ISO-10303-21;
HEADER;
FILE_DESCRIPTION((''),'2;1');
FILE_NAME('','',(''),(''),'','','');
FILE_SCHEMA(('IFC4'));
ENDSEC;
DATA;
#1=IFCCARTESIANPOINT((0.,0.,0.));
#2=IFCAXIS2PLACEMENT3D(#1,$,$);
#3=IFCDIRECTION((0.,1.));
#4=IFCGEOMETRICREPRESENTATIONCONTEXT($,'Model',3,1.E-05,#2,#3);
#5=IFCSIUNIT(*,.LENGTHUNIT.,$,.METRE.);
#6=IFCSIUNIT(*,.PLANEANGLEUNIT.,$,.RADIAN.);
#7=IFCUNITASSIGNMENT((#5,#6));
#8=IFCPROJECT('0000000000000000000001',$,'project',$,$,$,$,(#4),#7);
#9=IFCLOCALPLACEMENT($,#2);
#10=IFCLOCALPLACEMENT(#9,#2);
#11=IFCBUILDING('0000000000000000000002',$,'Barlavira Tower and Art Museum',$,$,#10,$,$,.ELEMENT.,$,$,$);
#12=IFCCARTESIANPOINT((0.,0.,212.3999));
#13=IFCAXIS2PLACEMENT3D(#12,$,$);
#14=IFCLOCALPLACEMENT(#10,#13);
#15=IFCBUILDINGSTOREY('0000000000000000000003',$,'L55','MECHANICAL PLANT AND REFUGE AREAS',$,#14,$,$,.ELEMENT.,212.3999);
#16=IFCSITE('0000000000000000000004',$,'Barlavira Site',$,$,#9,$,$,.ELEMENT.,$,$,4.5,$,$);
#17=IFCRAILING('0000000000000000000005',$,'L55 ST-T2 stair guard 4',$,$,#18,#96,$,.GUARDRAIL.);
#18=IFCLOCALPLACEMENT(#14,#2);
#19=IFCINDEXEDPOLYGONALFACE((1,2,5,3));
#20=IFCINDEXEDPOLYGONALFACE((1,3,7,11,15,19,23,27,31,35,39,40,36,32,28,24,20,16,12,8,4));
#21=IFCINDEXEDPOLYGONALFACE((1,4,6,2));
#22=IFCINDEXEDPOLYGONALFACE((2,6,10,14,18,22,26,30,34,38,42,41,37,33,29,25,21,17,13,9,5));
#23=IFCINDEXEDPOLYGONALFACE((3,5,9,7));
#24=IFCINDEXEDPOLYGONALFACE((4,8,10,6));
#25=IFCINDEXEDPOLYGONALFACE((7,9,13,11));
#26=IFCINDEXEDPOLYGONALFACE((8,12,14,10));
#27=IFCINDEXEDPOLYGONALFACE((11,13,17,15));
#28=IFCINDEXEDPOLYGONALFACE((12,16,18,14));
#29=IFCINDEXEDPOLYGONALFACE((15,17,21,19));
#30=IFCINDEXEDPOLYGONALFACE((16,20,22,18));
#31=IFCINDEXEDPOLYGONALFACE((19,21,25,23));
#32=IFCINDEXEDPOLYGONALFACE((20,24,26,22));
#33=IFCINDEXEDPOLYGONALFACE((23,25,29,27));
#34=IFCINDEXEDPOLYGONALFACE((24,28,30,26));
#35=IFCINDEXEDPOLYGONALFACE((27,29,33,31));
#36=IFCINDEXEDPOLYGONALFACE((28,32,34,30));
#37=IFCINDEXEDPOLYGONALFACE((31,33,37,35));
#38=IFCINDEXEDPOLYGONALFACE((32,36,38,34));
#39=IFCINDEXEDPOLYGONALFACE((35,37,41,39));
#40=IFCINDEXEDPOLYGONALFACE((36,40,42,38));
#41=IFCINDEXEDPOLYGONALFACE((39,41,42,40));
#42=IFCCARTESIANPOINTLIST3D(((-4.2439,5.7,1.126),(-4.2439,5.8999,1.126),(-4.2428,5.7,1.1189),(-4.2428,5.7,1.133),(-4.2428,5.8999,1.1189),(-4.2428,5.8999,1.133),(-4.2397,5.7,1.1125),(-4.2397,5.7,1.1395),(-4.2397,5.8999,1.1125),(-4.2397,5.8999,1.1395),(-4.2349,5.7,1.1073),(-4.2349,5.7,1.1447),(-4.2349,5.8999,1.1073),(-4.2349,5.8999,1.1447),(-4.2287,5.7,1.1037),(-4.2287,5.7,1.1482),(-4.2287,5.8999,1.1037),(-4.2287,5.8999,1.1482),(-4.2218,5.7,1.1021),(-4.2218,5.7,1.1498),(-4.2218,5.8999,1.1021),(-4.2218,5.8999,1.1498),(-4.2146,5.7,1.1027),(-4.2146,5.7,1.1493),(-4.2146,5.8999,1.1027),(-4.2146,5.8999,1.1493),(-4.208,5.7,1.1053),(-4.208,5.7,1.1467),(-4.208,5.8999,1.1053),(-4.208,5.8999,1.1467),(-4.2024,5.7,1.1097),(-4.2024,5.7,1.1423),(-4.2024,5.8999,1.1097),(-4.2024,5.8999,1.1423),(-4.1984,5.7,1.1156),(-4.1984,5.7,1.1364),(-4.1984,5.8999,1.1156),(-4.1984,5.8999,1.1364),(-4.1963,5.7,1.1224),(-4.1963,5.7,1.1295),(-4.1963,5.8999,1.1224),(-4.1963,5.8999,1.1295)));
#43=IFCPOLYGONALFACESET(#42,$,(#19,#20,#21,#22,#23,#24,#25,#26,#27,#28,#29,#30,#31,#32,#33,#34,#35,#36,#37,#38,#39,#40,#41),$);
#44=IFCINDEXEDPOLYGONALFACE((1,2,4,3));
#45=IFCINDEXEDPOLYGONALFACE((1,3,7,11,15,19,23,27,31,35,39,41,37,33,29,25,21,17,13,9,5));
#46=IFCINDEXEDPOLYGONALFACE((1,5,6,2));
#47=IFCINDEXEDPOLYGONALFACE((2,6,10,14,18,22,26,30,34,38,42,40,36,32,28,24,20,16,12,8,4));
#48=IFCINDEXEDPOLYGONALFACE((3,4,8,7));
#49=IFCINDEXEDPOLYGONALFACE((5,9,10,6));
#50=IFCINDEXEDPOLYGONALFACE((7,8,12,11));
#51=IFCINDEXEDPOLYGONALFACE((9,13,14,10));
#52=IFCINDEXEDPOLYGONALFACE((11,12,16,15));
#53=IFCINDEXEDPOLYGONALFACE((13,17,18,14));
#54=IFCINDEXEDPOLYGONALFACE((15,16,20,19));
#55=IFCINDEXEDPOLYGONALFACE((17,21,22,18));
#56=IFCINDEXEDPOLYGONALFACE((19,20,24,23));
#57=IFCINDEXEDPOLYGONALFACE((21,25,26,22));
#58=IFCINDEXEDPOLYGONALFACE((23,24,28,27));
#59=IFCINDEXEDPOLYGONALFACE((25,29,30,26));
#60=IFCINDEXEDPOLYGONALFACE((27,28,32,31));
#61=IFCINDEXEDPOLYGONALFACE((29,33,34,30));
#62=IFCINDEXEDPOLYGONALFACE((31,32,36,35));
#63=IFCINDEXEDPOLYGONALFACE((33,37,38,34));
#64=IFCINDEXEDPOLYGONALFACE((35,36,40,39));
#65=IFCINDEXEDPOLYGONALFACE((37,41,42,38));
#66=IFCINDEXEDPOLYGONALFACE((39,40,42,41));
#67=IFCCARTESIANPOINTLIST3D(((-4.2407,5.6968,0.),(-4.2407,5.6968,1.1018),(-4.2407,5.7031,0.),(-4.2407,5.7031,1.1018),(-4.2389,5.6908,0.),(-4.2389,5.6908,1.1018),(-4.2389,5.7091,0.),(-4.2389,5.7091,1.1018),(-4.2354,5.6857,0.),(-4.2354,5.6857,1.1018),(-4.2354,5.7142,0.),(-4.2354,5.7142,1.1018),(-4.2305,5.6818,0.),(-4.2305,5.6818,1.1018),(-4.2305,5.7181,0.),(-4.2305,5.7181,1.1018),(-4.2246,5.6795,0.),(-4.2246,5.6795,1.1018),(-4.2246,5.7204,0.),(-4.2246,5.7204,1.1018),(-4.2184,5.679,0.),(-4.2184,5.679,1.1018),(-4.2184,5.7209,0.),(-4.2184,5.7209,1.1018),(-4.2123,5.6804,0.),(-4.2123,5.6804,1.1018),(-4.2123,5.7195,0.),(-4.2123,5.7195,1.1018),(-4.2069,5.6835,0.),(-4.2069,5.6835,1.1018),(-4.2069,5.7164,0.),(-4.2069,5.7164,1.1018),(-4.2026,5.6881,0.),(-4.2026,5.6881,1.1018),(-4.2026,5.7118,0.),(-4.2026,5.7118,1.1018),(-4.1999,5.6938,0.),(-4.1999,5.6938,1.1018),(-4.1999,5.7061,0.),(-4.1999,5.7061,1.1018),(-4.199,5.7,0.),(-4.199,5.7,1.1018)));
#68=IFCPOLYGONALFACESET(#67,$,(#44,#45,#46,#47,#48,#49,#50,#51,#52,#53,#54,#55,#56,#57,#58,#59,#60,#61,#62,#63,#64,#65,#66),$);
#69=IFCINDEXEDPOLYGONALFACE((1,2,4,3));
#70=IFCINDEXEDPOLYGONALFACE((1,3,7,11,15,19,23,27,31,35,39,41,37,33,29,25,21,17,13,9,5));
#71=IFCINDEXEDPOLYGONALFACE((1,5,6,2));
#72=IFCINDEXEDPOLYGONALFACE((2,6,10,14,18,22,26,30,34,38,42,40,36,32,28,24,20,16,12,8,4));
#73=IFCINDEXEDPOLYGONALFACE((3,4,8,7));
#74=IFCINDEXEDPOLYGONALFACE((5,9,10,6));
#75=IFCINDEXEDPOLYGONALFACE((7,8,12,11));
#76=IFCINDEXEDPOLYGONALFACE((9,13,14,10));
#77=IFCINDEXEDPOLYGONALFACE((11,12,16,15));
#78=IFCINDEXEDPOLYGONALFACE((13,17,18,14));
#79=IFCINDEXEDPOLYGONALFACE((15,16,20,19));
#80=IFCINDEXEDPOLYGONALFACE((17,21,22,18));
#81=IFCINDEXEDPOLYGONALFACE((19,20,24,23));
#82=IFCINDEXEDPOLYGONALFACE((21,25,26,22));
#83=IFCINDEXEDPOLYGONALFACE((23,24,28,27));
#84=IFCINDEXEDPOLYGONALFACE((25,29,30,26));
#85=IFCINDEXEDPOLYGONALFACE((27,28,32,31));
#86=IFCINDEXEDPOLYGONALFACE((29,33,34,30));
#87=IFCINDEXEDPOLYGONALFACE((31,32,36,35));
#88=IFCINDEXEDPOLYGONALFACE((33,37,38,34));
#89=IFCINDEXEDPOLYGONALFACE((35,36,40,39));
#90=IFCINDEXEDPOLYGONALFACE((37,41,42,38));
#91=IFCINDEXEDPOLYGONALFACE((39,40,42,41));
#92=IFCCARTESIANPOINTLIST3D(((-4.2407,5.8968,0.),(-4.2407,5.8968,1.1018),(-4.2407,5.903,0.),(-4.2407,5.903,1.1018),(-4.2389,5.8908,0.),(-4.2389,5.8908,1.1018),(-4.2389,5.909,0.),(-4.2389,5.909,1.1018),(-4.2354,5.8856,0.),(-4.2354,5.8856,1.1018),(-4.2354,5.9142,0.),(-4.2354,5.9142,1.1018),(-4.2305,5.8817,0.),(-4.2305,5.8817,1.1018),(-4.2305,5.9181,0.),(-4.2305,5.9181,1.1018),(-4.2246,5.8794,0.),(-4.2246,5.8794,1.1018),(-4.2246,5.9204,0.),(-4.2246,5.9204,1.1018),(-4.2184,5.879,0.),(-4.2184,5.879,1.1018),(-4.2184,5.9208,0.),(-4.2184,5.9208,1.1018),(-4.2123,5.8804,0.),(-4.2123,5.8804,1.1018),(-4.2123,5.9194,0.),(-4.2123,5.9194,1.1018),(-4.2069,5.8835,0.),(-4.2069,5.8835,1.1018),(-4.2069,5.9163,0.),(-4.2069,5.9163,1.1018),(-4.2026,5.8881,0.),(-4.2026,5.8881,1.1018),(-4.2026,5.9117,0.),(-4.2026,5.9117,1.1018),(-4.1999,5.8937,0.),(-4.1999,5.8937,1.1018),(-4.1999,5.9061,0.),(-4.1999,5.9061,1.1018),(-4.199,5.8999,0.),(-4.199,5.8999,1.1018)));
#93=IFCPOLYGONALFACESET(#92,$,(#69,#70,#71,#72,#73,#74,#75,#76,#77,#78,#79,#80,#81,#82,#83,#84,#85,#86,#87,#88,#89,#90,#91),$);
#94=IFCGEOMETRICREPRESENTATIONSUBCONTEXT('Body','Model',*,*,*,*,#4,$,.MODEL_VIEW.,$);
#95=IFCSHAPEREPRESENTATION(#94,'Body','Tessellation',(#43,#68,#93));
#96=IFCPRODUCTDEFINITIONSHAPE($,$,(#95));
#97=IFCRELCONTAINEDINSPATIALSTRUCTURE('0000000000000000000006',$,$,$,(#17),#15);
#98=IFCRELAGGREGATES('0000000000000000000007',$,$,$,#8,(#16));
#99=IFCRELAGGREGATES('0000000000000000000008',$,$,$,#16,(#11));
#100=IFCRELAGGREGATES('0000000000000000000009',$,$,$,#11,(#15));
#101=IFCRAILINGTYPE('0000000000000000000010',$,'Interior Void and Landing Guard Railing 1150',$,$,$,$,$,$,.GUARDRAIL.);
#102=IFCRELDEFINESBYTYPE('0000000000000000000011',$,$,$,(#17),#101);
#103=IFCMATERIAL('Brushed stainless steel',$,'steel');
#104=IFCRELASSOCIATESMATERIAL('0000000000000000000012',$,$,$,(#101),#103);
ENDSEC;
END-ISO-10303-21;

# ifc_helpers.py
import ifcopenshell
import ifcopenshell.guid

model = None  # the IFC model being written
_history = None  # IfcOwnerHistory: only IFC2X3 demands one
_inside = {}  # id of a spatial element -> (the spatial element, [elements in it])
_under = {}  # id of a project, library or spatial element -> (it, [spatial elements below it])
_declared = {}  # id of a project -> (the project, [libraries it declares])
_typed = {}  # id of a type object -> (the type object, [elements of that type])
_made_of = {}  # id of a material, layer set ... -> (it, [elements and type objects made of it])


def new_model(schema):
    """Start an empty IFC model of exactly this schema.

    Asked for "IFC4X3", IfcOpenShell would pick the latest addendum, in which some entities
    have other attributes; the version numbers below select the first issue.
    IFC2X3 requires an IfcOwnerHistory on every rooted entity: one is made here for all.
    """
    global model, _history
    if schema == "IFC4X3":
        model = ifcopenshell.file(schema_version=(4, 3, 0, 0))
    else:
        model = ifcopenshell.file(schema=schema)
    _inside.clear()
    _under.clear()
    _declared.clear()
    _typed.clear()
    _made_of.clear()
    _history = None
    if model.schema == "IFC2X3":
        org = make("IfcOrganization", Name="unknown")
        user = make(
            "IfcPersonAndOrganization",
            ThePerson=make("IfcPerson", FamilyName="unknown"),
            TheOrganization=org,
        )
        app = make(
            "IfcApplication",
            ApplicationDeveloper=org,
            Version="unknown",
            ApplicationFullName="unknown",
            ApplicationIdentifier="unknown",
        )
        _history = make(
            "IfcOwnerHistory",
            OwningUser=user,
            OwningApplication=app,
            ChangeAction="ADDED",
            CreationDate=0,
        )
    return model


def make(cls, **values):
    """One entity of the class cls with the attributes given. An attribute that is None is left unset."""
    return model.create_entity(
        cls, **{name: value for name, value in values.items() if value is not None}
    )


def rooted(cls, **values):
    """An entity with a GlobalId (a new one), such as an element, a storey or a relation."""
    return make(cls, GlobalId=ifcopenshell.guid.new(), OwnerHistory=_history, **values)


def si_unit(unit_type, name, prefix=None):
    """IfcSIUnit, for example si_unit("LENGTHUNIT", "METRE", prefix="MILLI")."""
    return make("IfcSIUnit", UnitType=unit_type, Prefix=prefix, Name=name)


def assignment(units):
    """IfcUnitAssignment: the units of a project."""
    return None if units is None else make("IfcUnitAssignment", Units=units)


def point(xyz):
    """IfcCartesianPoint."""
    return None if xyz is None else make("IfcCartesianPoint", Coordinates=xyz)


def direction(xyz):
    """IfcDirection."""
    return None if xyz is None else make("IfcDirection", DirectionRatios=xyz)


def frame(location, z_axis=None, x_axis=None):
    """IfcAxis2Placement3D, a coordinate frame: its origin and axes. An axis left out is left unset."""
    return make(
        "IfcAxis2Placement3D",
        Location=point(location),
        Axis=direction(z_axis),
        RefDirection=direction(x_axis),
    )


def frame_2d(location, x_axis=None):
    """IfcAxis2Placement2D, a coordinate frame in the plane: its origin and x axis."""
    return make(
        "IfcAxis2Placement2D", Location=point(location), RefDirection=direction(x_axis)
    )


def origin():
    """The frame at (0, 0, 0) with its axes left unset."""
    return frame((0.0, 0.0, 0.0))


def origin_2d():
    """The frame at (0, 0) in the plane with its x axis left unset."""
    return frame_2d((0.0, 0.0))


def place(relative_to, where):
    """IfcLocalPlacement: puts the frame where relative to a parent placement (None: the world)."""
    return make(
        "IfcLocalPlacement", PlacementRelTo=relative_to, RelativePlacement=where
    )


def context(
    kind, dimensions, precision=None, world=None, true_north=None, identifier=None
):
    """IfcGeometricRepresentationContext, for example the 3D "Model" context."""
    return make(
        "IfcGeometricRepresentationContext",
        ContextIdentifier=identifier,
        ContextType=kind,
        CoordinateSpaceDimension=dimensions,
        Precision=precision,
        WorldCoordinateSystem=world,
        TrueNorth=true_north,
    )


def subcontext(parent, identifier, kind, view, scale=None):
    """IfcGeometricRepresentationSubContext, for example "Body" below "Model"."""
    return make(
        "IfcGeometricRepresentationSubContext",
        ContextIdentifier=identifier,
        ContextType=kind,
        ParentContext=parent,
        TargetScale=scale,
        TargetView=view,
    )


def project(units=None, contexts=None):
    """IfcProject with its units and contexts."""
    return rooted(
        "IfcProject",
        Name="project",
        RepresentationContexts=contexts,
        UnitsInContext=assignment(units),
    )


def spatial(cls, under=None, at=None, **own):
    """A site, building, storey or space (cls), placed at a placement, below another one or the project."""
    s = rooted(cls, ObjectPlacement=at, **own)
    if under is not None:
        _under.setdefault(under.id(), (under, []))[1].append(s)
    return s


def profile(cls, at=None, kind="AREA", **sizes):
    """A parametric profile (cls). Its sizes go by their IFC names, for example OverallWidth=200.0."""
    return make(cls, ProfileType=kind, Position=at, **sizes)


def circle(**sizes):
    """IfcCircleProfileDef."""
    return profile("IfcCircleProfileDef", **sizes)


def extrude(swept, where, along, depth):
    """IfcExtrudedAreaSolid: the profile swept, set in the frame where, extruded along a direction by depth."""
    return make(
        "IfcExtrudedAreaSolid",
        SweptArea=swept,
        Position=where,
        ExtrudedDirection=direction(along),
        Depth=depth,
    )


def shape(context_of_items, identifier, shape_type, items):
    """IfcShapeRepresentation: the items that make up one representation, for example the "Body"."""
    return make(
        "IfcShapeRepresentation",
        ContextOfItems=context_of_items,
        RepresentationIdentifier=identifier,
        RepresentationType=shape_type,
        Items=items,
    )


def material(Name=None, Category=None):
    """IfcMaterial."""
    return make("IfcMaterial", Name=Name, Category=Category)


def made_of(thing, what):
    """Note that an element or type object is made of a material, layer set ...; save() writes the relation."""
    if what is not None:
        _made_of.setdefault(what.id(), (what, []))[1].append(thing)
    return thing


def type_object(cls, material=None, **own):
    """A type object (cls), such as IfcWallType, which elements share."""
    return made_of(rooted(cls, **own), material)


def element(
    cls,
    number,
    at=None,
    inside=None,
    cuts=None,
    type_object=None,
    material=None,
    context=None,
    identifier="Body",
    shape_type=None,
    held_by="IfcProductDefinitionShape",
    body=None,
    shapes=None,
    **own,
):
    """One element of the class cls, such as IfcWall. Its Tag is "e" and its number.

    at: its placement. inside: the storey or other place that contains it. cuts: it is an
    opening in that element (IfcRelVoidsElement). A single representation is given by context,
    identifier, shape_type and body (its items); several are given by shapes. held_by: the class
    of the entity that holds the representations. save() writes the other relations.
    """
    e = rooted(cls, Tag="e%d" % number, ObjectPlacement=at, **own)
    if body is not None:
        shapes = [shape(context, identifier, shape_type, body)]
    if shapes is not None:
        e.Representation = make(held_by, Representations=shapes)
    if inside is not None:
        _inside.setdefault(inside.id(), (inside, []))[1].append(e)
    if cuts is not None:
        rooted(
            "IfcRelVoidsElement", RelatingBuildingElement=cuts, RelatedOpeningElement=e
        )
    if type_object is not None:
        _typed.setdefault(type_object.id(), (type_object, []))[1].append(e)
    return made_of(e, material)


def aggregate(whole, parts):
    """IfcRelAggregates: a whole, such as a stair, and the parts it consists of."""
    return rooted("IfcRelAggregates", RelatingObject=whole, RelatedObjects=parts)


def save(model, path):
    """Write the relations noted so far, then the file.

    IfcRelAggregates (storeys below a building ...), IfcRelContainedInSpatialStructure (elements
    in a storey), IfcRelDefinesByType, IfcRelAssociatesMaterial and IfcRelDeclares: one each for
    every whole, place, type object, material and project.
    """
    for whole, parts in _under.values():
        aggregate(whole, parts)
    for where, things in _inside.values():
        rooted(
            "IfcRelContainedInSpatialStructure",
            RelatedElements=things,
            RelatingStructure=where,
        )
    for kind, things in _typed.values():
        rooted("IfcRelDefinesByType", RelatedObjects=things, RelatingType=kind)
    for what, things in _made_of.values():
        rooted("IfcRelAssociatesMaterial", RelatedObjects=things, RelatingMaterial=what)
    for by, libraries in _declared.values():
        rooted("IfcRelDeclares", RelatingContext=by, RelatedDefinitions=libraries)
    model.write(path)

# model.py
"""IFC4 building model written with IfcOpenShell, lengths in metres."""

from ifc_helpers import new_model, si_unit, direction, frame, origin, origin_2d, place, context, subcontext, project, spatial, circle, extrude, material, type_object, element, save


model = new_model("IFC4")

# Units and contexts
model_context = context("Model", 3, precision=1e-05, world=origin(), true_north=direction((0.0, 1.0)))
body_context = subcontext(model_context, "Body", "Model", "MODEL_VIEW")
ifc_project = project(units=[si_unit("LENGTHUNIT", "METRE"), si_unit("PLANEANGLEUNIT", "RADIAN")], contexts=[model_context])

# Site, building, storey
site_placement = place(None, origin())
site = spatial("IfcSite", under=ifc_project, at=site_placement, Name="Barlavira Site", CompositionType="ELEMENT", RefElevation=4.5)
building_placement = place(site_placement, origin())
building = spatial("IfcBuilding", under=site, at=building_placement, Name="Barlavira Tower and Art Museum", CompositionType="ELEMENT")
storey_placement = place(building_placement, frame((0.0, 0.0, 212.3999)))
storey = spatial("IfcBuildingStorey", under=building, at=storey_placement, Name="L55", Description="MECHANICAL PLANT AND REFUGE AREAS", CompositionType="ELEMENT", Elevation=212.3999)

# Shared definitions
ifc_material_1 = material(Name="Brushed stainless steel", Category="steel")

# Railing
railing_type_1 = type_object("IfcRailingType", Name="Interior Void and Landing Guard Railing 1150", PredefinedType="GUARDRAIL", material=ifc_material_1)
railing_1_placement = place(storey_placement, frame((-4.22, 5.7, 0.0)))
element("IfcRailing", 1, at=railing_1_placement, inside=storey, type_object=railing_type_1, Name="L55 ST-T2 stair guard 4", PredefinedType="GUARDRAIL", context=body_context, shape_type="SweptSolid", body=[
    extrude(circle(Radius=0.0239, at=origin_2d()), frame((0.0, 0.0, 1.126), z_axis=(0.0, 1.0, 0.0), x_axis=(-1.0, 0.0, 0.0)), (0.0, 0.0, 1.0), 0.2),
    extrude(circle(Radius=0.021, at=origin_2d()), origin(), (0.0, 0.0, 1.0), 1.1018),
    extrude(circle(Radius=0.021, at=origin_2d()), frame((0.0, 0.2, 0.0)), (0.0, 0.0, 1.0), 1.1018),
])

save(model, "model.ifc")
